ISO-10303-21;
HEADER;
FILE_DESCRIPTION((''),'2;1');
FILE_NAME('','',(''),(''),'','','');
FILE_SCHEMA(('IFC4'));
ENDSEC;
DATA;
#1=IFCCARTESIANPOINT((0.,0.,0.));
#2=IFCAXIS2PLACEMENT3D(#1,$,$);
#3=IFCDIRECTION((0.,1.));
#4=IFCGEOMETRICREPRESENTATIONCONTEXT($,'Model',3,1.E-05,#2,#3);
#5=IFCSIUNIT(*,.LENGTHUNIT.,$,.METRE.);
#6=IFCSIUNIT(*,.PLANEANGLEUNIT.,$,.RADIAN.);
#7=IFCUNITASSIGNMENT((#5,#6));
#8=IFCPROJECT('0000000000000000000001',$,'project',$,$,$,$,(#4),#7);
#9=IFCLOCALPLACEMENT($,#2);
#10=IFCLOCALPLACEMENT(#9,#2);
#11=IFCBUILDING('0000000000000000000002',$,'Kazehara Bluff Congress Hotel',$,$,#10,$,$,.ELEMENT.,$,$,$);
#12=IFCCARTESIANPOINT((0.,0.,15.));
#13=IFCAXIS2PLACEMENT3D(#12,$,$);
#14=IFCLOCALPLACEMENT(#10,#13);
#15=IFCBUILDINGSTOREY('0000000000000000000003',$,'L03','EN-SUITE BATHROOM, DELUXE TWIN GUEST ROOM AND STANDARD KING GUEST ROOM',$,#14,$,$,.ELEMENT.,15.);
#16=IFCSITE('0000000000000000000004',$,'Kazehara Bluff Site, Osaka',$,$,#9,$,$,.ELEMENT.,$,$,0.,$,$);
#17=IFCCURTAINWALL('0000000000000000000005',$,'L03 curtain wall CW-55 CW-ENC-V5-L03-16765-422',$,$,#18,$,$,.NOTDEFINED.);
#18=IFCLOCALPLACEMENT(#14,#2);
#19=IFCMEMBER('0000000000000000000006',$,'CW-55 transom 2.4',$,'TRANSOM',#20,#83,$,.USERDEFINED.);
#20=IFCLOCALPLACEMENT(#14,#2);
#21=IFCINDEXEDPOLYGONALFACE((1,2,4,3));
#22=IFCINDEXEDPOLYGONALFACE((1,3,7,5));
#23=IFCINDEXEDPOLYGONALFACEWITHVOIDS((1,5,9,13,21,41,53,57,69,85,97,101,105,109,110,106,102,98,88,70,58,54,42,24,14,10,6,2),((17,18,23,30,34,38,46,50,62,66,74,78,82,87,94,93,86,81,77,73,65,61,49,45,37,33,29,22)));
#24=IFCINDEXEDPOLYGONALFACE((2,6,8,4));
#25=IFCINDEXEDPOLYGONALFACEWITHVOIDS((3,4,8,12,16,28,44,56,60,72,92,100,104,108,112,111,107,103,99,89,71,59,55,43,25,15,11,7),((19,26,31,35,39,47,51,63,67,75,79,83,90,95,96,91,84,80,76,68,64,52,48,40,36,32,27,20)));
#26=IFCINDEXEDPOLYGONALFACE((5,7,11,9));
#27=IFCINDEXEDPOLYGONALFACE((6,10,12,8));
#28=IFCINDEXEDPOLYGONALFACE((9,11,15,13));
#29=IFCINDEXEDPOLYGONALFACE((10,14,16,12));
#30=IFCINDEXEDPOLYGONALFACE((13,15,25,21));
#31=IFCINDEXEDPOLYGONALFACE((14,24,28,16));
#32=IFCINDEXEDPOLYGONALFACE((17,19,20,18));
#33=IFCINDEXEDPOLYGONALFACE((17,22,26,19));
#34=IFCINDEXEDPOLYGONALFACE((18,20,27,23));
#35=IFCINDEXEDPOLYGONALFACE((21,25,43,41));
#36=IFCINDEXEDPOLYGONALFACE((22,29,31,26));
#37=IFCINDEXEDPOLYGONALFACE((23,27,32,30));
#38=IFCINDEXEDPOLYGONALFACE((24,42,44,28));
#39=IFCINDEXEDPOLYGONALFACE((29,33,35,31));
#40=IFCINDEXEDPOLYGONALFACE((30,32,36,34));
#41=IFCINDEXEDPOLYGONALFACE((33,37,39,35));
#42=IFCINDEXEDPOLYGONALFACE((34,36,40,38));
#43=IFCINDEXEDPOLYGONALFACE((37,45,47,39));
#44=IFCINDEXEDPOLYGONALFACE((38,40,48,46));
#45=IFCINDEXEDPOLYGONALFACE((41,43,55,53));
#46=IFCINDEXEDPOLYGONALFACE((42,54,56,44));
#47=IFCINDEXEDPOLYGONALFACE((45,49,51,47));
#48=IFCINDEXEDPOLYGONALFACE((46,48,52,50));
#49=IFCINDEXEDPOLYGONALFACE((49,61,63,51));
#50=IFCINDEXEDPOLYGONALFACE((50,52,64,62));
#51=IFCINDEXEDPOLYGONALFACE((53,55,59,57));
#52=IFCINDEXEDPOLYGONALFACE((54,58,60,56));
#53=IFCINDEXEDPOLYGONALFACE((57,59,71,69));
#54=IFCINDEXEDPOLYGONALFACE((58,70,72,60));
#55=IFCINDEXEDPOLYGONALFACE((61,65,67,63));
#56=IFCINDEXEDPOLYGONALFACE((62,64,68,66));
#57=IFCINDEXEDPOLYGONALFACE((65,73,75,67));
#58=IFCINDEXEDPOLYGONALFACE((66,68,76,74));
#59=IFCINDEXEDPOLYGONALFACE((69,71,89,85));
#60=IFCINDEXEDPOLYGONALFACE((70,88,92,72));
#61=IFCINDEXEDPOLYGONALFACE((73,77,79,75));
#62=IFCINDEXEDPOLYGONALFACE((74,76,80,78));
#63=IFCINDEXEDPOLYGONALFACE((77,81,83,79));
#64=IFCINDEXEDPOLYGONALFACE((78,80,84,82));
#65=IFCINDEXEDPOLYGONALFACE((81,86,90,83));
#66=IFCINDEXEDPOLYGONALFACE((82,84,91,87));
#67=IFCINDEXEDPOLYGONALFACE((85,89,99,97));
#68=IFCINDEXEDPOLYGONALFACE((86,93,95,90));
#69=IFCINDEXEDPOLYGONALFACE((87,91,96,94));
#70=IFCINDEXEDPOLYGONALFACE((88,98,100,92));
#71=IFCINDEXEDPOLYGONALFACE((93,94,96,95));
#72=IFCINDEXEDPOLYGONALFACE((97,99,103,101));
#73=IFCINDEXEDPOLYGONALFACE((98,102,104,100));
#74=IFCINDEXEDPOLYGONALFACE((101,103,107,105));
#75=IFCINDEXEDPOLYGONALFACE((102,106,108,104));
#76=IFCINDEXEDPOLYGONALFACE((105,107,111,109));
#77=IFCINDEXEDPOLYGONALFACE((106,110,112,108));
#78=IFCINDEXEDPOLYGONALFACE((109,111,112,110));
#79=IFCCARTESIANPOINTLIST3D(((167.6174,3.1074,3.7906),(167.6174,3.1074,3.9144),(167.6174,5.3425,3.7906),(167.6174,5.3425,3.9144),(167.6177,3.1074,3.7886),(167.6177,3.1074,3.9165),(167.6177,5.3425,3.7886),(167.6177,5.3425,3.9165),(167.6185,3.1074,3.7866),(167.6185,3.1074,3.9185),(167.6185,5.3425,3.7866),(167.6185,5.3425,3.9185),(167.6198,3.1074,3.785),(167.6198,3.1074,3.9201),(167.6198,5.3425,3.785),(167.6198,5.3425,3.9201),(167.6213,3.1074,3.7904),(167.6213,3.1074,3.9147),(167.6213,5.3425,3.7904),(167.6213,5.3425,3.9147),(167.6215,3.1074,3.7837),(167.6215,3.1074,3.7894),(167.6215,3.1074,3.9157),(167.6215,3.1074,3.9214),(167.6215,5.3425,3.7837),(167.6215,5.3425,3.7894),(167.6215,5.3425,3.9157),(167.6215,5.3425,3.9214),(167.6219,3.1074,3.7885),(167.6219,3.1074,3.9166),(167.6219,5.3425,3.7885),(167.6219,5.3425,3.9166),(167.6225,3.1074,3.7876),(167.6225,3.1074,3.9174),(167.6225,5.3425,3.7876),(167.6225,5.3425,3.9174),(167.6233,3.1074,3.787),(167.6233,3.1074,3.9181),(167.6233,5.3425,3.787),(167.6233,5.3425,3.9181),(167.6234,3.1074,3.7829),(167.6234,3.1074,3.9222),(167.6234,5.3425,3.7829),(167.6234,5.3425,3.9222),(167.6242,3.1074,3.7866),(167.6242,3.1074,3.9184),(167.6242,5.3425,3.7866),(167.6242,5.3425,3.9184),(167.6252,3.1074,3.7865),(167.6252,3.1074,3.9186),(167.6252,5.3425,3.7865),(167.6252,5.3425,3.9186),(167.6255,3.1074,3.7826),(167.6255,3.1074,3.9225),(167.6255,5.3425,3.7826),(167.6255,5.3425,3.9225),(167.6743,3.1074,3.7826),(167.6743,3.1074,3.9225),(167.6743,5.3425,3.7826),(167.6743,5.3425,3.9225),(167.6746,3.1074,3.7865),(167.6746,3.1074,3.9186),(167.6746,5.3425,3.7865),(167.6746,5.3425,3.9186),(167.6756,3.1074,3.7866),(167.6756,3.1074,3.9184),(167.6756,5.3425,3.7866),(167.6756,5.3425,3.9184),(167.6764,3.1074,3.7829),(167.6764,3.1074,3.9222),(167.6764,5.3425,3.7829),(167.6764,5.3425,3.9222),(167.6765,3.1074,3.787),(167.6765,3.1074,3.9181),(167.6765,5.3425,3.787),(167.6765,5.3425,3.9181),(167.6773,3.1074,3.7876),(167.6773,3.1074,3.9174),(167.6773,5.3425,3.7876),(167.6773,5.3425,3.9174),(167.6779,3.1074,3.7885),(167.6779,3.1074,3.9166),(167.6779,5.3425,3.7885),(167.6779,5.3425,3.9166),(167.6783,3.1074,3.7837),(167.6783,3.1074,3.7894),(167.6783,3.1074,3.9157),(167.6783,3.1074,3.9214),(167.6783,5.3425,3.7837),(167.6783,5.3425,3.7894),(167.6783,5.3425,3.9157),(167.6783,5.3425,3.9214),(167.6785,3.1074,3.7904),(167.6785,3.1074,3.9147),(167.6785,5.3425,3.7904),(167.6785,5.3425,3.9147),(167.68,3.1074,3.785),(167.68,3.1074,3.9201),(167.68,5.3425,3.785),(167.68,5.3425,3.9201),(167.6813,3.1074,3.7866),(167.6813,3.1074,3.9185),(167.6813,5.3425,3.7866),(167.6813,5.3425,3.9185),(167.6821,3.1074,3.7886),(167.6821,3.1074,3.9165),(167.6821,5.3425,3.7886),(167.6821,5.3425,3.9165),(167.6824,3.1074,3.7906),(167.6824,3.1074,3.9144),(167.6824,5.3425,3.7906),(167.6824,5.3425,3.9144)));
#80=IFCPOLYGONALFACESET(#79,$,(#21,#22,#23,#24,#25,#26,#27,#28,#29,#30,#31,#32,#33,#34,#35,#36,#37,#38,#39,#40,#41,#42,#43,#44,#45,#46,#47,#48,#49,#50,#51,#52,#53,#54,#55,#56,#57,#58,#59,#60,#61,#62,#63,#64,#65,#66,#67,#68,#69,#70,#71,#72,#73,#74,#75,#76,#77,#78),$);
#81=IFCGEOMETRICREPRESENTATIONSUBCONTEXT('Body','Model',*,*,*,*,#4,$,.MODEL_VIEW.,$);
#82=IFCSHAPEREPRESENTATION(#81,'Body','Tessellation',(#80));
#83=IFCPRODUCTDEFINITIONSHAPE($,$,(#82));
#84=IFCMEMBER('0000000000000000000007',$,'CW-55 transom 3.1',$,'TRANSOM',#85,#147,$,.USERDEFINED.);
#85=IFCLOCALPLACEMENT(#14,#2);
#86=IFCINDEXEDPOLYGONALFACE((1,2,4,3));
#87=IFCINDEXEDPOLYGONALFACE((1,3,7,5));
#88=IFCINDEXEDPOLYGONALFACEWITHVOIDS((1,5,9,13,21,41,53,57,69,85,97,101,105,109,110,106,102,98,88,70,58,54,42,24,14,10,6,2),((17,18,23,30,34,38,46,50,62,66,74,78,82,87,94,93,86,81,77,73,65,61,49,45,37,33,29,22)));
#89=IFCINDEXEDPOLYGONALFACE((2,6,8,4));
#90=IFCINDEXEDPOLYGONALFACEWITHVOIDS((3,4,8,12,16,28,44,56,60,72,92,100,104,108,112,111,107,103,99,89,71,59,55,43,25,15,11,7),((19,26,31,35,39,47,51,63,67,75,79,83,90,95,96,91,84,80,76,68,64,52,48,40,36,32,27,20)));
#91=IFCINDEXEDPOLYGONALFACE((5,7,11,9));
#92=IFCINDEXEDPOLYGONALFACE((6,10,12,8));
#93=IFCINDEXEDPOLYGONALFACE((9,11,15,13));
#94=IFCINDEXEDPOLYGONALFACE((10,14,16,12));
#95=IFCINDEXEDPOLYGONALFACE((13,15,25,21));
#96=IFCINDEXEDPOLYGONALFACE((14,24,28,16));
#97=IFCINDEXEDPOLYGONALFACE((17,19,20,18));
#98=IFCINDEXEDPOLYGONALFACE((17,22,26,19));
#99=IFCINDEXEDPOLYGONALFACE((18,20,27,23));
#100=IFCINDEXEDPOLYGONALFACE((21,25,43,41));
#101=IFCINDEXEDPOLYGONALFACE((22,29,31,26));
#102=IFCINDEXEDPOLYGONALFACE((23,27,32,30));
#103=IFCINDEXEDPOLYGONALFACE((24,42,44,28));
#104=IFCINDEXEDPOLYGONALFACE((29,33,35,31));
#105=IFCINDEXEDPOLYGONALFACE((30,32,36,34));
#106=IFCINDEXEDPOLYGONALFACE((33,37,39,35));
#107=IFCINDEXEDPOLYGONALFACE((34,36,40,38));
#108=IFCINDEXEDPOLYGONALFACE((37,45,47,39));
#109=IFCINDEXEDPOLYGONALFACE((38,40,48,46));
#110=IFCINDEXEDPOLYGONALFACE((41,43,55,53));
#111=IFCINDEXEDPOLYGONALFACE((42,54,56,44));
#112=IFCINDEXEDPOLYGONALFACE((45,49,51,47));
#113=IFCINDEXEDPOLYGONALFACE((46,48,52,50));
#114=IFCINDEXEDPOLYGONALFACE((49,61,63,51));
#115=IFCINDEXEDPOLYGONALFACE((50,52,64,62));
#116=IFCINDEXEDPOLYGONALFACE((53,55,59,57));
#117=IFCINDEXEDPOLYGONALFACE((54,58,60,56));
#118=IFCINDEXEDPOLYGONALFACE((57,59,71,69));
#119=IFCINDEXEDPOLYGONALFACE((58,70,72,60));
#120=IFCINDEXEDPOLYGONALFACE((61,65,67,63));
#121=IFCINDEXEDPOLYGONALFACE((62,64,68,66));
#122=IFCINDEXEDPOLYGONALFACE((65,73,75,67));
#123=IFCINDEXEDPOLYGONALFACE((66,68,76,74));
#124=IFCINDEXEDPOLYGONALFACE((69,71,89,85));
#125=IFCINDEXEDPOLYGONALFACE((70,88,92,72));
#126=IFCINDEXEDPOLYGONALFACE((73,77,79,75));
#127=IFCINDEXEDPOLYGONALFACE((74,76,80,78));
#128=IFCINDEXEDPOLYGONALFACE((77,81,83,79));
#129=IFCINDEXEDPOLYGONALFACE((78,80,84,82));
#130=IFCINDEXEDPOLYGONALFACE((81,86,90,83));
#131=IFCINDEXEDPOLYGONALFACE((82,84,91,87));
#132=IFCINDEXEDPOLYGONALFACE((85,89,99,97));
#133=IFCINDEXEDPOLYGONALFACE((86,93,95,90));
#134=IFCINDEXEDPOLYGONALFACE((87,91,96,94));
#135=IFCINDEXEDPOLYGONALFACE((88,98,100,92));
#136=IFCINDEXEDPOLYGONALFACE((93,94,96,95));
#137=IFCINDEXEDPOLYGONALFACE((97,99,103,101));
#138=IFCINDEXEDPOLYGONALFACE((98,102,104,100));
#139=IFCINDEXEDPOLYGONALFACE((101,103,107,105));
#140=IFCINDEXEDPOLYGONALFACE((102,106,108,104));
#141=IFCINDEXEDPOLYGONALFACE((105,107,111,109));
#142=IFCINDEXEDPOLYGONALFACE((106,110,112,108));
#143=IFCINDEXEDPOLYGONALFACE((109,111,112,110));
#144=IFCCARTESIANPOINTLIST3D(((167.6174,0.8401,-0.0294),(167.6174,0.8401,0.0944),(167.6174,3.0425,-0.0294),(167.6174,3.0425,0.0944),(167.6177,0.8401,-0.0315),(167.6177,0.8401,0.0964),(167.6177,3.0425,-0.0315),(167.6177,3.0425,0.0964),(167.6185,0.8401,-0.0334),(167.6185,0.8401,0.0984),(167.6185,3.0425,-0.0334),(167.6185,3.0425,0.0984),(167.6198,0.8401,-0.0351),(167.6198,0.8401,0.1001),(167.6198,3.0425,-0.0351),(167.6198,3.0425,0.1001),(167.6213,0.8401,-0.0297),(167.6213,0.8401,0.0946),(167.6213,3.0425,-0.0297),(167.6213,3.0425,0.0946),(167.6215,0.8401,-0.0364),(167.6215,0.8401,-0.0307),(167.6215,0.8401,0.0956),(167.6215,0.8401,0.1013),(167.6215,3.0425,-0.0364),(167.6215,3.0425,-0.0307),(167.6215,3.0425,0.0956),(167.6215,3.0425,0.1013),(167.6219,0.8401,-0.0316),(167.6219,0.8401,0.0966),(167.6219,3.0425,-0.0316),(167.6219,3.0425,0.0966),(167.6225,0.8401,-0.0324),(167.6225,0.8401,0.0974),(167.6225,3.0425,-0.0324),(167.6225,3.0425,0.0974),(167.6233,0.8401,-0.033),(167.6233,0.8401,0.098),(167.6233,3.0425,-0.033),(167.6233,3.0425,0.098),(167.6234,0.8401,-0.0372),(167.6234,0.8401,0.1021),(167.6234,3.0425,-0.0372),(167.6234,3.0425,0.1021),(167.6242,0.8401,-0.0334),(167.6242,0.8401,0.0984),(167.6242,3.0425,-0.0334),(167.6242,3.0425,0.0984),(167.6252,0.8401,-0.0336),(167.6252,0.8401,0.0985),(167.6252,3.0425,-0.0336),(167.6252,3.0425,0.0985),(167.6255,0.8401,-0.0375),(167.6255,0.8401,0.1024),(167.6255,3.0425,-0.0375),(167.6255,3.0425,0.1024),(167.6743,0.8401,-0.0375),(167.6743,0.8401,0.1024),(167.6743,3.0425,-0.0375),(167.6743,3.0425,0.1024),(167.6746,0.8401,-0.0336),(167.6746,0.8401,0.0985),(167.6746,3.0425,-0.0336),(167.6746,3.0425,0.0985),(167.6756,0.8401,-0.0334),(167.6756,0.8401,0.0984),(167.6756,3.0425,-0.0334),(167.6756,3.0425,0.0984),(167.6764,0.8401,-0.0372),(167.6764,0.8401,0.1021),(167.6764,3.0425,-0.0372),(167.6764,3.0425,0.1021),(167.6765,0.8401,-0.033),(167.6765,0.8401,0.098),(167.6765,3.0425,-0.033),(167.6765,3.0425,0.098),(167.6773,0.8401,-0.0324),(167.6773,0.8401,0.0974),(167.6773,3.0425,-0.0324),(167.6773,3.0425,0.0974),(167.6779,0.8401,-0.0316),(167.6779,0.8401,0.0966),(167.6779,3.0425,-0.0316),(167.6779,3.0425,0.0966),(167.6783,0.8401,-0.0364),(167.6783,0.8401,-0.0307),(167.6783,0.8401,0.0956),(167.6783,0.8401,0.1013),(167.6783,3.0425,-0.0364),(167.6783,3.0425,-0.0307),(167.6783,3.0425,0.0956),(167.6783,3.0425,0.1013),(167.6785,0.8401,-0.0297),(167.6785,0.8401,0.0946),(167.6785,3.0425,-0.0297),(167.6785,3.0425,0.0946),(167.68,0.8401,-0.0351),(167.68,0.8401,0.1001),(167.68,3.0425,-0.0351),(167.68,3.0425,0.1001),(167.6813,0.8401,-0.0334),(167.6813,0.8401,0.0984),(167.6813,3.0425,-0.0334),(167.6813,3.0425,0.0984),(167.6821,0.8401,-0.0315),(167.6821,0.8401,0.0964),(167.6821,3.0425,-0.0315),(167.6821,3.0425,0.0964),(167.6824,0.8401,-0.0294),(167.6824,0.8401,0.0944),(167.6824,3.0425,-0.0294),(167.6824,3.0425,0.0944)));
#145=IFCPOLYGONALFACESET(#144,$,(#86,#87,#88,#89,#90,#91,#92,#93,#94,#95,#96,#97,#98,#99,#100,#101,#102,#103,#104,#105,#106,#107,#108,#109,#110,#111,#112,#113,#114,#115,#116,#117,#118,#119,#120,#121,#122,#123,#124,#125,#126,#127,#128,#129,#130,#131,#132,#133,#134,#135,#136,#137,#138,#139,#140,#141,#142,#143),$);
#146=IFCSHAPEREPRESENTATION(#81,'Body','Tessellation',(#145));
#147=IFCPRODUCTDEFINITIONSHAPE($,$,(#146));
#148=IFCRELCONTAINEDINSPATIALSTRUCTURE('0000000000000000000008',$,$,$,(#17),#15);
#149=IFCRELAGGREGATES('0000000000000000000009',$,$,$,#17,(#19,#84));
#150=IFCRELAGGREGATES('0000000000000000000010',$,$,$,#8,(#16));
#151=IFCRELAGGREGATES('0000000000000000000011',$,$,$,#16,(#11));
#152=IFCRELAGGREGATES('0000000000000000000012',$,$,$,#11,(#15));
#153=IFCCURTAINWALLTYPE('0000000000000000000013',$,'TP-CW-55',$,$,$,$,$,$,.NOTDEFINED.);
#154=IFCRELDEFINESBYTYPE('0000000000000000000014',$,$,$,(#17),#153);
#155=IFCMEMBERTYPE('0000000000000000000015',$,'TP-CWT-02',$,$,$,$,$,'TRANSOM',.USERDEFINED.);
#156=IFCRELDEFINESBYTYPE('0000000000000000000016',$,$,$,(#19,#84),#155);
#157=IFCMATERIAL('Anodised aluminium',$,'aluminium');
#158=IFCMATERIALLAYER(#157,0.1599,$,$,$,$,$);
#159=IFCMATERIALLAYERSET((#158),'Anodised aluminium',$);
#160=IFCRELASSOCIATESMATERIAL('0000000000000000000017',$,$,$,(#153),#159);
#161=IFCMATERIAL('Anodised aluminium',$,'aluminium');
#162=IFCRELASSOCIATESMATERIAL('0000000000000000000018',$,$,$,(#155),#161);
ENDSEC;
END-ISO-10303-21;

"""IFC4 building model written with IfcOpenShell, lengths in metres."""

from ifc_helpers import new_model, si_unit, direction, frame, origin, origin_2d, place, context, subcontext, project, spatial, hollow_rectangle, extrude, material, layer, layer_set, material_profile, profile_set, type_object, element, aggregate, save


model = new_model("IFC4")

# Units and contexts
model_context = context("Model", 3, precision=1e-05, world=origin(), true_north=direction((0.0, 1.0)))
body_context = subcontext(model_context, "Body", "Model", "MODEL_VIEW")
ifc_project = project(units=[si_unit("LENGTHUNIT", "METRE"), si_unit("PLANEANGLEUNIT", "RADIAN")], contexts=[model_context])

# Site, building, storey
site_placement = place(None, origin())
site = spatial("IfcSite", under=ifc_project, at=site_placement, Name="Kazehara Bluff Site, Osaka", CompositionType="ELEMENT", RefElevation=0.0)
building_placement = place(site_placement, origin())
building = spatial("IfcBuilding", under=site, at=building_placement, Name="Kazehara Bluff Congress Hotel", CompositionType="ELEMENT")
storey_placement = place(building_placement, frame((0.0, 0.0, 15.0)))
storey = spatial("IfcBuildingStorey", under=building, at=storey_placement, Name="L03", Description="EN-SUITE BATHROOM, DELUXE TWIN GUEST ROOM AND STANDARD KING GUEST ROOM", CompositionType="ELEMENT", Elevation=15.0)

# Curtain wall
ifc_material_1 = material(Name="Anodised aluminium", Category="aluminium")
ifc_layer_1 = layer(ifc_material_1, 0.1599)
ifc_layer_set_1 = layer_set([ifc_layer_1], Name="Anodised aluminium")
curtain_wall_type_1 = type_object("IfcCurtainWallType", Name="TP-CW-55", PredefinedType="NOTDEFINED", material=ifc_layer_set_1)
curtain_wall_1_placement = place(storey_placement, origin())
curtain_wall_1 = element("IfcCurtainWall", 1, at=curtain_wall_1_placement, inside=storey, type_object=curtain_wall_type_1, Name="L03 curtain wall CW-55 CW-ENC-V5-L03-16765-422", PredefinedType="NOTDEFINED")

# Members
ifc_material_2 = material(Name="Anodised aluminium", Category="aluminium")
ifc_material_profile_1 = material_profile(ifc_material_2, hollow_rectangle(XDim=0.0649, YDim=0.1399, WallThickness=0.0039, InnerFilletRadius=0.0039, OuterFilletRadius=0.0081, at=origin_2d()))
ifc_profile_set_1 = profile_set([ifc_material_profile_1], Name="Anodised aluminium")
member_type_1 = type_object("IfcMemberType", Name="TP-CWT-02", ElementType="TRANSOM", PredefinedType="USERDEFINED", material=ifc_profile_set_1)
member_1_placement = place(storey_placement, frame((167.6499, 5.3425, 3.8525), z_axis=(0.0, -1.0, 0.0), x_axis=(1.0, 0.0, 0.0)))
member_1 = element("IfcMember", 2, at=member_1_placement, type_object=member_type_1, Name="CW-55 transom 2.4", ObjectType="TRANSOM", PredefinedType="USERDEFINED", context=body_context, shape_type="SweptSolid", body=[
    extrude(hollow_rectangle(XDim=0.0649, YDim=0.1399, WallThickness=0.0039, InnerFilletRadius=0.0039, OuterFilletRadius=0.0081, at=origin_2d()), origin(), (0.0, 0.0, 1.0), 2.2351),
])
member_2_placement = place(storey_placement, frame((167.6499, 3.0425, 0.0325), z_axis=(0.0, -1.0, 0.0), x_axis=(1.0, 0.0, 0.0)))
member_2 = element("IfcMember", 3, at=member_2_placement, type_object=member_type_1, Name="CW-55 transom 3.1", ObjectType="TRANSOM", PredefinedType="USERDEFINED", context=body_context, shape_type="SweptSolid", body=[
    extrude(hollow_rectangle(XDim=0.0649, YDim=0.1399, WallThickness=0.0039, InnerFilletRadius=0.0039, OuterFilletRadius=0.0081, at=origin_2d()), origin(), (0.0, 0.0, 1.0), 2.2024),
])

aggregate(curtain_wall_1, [member_1, member_2])

save(model, "model.ifc")
